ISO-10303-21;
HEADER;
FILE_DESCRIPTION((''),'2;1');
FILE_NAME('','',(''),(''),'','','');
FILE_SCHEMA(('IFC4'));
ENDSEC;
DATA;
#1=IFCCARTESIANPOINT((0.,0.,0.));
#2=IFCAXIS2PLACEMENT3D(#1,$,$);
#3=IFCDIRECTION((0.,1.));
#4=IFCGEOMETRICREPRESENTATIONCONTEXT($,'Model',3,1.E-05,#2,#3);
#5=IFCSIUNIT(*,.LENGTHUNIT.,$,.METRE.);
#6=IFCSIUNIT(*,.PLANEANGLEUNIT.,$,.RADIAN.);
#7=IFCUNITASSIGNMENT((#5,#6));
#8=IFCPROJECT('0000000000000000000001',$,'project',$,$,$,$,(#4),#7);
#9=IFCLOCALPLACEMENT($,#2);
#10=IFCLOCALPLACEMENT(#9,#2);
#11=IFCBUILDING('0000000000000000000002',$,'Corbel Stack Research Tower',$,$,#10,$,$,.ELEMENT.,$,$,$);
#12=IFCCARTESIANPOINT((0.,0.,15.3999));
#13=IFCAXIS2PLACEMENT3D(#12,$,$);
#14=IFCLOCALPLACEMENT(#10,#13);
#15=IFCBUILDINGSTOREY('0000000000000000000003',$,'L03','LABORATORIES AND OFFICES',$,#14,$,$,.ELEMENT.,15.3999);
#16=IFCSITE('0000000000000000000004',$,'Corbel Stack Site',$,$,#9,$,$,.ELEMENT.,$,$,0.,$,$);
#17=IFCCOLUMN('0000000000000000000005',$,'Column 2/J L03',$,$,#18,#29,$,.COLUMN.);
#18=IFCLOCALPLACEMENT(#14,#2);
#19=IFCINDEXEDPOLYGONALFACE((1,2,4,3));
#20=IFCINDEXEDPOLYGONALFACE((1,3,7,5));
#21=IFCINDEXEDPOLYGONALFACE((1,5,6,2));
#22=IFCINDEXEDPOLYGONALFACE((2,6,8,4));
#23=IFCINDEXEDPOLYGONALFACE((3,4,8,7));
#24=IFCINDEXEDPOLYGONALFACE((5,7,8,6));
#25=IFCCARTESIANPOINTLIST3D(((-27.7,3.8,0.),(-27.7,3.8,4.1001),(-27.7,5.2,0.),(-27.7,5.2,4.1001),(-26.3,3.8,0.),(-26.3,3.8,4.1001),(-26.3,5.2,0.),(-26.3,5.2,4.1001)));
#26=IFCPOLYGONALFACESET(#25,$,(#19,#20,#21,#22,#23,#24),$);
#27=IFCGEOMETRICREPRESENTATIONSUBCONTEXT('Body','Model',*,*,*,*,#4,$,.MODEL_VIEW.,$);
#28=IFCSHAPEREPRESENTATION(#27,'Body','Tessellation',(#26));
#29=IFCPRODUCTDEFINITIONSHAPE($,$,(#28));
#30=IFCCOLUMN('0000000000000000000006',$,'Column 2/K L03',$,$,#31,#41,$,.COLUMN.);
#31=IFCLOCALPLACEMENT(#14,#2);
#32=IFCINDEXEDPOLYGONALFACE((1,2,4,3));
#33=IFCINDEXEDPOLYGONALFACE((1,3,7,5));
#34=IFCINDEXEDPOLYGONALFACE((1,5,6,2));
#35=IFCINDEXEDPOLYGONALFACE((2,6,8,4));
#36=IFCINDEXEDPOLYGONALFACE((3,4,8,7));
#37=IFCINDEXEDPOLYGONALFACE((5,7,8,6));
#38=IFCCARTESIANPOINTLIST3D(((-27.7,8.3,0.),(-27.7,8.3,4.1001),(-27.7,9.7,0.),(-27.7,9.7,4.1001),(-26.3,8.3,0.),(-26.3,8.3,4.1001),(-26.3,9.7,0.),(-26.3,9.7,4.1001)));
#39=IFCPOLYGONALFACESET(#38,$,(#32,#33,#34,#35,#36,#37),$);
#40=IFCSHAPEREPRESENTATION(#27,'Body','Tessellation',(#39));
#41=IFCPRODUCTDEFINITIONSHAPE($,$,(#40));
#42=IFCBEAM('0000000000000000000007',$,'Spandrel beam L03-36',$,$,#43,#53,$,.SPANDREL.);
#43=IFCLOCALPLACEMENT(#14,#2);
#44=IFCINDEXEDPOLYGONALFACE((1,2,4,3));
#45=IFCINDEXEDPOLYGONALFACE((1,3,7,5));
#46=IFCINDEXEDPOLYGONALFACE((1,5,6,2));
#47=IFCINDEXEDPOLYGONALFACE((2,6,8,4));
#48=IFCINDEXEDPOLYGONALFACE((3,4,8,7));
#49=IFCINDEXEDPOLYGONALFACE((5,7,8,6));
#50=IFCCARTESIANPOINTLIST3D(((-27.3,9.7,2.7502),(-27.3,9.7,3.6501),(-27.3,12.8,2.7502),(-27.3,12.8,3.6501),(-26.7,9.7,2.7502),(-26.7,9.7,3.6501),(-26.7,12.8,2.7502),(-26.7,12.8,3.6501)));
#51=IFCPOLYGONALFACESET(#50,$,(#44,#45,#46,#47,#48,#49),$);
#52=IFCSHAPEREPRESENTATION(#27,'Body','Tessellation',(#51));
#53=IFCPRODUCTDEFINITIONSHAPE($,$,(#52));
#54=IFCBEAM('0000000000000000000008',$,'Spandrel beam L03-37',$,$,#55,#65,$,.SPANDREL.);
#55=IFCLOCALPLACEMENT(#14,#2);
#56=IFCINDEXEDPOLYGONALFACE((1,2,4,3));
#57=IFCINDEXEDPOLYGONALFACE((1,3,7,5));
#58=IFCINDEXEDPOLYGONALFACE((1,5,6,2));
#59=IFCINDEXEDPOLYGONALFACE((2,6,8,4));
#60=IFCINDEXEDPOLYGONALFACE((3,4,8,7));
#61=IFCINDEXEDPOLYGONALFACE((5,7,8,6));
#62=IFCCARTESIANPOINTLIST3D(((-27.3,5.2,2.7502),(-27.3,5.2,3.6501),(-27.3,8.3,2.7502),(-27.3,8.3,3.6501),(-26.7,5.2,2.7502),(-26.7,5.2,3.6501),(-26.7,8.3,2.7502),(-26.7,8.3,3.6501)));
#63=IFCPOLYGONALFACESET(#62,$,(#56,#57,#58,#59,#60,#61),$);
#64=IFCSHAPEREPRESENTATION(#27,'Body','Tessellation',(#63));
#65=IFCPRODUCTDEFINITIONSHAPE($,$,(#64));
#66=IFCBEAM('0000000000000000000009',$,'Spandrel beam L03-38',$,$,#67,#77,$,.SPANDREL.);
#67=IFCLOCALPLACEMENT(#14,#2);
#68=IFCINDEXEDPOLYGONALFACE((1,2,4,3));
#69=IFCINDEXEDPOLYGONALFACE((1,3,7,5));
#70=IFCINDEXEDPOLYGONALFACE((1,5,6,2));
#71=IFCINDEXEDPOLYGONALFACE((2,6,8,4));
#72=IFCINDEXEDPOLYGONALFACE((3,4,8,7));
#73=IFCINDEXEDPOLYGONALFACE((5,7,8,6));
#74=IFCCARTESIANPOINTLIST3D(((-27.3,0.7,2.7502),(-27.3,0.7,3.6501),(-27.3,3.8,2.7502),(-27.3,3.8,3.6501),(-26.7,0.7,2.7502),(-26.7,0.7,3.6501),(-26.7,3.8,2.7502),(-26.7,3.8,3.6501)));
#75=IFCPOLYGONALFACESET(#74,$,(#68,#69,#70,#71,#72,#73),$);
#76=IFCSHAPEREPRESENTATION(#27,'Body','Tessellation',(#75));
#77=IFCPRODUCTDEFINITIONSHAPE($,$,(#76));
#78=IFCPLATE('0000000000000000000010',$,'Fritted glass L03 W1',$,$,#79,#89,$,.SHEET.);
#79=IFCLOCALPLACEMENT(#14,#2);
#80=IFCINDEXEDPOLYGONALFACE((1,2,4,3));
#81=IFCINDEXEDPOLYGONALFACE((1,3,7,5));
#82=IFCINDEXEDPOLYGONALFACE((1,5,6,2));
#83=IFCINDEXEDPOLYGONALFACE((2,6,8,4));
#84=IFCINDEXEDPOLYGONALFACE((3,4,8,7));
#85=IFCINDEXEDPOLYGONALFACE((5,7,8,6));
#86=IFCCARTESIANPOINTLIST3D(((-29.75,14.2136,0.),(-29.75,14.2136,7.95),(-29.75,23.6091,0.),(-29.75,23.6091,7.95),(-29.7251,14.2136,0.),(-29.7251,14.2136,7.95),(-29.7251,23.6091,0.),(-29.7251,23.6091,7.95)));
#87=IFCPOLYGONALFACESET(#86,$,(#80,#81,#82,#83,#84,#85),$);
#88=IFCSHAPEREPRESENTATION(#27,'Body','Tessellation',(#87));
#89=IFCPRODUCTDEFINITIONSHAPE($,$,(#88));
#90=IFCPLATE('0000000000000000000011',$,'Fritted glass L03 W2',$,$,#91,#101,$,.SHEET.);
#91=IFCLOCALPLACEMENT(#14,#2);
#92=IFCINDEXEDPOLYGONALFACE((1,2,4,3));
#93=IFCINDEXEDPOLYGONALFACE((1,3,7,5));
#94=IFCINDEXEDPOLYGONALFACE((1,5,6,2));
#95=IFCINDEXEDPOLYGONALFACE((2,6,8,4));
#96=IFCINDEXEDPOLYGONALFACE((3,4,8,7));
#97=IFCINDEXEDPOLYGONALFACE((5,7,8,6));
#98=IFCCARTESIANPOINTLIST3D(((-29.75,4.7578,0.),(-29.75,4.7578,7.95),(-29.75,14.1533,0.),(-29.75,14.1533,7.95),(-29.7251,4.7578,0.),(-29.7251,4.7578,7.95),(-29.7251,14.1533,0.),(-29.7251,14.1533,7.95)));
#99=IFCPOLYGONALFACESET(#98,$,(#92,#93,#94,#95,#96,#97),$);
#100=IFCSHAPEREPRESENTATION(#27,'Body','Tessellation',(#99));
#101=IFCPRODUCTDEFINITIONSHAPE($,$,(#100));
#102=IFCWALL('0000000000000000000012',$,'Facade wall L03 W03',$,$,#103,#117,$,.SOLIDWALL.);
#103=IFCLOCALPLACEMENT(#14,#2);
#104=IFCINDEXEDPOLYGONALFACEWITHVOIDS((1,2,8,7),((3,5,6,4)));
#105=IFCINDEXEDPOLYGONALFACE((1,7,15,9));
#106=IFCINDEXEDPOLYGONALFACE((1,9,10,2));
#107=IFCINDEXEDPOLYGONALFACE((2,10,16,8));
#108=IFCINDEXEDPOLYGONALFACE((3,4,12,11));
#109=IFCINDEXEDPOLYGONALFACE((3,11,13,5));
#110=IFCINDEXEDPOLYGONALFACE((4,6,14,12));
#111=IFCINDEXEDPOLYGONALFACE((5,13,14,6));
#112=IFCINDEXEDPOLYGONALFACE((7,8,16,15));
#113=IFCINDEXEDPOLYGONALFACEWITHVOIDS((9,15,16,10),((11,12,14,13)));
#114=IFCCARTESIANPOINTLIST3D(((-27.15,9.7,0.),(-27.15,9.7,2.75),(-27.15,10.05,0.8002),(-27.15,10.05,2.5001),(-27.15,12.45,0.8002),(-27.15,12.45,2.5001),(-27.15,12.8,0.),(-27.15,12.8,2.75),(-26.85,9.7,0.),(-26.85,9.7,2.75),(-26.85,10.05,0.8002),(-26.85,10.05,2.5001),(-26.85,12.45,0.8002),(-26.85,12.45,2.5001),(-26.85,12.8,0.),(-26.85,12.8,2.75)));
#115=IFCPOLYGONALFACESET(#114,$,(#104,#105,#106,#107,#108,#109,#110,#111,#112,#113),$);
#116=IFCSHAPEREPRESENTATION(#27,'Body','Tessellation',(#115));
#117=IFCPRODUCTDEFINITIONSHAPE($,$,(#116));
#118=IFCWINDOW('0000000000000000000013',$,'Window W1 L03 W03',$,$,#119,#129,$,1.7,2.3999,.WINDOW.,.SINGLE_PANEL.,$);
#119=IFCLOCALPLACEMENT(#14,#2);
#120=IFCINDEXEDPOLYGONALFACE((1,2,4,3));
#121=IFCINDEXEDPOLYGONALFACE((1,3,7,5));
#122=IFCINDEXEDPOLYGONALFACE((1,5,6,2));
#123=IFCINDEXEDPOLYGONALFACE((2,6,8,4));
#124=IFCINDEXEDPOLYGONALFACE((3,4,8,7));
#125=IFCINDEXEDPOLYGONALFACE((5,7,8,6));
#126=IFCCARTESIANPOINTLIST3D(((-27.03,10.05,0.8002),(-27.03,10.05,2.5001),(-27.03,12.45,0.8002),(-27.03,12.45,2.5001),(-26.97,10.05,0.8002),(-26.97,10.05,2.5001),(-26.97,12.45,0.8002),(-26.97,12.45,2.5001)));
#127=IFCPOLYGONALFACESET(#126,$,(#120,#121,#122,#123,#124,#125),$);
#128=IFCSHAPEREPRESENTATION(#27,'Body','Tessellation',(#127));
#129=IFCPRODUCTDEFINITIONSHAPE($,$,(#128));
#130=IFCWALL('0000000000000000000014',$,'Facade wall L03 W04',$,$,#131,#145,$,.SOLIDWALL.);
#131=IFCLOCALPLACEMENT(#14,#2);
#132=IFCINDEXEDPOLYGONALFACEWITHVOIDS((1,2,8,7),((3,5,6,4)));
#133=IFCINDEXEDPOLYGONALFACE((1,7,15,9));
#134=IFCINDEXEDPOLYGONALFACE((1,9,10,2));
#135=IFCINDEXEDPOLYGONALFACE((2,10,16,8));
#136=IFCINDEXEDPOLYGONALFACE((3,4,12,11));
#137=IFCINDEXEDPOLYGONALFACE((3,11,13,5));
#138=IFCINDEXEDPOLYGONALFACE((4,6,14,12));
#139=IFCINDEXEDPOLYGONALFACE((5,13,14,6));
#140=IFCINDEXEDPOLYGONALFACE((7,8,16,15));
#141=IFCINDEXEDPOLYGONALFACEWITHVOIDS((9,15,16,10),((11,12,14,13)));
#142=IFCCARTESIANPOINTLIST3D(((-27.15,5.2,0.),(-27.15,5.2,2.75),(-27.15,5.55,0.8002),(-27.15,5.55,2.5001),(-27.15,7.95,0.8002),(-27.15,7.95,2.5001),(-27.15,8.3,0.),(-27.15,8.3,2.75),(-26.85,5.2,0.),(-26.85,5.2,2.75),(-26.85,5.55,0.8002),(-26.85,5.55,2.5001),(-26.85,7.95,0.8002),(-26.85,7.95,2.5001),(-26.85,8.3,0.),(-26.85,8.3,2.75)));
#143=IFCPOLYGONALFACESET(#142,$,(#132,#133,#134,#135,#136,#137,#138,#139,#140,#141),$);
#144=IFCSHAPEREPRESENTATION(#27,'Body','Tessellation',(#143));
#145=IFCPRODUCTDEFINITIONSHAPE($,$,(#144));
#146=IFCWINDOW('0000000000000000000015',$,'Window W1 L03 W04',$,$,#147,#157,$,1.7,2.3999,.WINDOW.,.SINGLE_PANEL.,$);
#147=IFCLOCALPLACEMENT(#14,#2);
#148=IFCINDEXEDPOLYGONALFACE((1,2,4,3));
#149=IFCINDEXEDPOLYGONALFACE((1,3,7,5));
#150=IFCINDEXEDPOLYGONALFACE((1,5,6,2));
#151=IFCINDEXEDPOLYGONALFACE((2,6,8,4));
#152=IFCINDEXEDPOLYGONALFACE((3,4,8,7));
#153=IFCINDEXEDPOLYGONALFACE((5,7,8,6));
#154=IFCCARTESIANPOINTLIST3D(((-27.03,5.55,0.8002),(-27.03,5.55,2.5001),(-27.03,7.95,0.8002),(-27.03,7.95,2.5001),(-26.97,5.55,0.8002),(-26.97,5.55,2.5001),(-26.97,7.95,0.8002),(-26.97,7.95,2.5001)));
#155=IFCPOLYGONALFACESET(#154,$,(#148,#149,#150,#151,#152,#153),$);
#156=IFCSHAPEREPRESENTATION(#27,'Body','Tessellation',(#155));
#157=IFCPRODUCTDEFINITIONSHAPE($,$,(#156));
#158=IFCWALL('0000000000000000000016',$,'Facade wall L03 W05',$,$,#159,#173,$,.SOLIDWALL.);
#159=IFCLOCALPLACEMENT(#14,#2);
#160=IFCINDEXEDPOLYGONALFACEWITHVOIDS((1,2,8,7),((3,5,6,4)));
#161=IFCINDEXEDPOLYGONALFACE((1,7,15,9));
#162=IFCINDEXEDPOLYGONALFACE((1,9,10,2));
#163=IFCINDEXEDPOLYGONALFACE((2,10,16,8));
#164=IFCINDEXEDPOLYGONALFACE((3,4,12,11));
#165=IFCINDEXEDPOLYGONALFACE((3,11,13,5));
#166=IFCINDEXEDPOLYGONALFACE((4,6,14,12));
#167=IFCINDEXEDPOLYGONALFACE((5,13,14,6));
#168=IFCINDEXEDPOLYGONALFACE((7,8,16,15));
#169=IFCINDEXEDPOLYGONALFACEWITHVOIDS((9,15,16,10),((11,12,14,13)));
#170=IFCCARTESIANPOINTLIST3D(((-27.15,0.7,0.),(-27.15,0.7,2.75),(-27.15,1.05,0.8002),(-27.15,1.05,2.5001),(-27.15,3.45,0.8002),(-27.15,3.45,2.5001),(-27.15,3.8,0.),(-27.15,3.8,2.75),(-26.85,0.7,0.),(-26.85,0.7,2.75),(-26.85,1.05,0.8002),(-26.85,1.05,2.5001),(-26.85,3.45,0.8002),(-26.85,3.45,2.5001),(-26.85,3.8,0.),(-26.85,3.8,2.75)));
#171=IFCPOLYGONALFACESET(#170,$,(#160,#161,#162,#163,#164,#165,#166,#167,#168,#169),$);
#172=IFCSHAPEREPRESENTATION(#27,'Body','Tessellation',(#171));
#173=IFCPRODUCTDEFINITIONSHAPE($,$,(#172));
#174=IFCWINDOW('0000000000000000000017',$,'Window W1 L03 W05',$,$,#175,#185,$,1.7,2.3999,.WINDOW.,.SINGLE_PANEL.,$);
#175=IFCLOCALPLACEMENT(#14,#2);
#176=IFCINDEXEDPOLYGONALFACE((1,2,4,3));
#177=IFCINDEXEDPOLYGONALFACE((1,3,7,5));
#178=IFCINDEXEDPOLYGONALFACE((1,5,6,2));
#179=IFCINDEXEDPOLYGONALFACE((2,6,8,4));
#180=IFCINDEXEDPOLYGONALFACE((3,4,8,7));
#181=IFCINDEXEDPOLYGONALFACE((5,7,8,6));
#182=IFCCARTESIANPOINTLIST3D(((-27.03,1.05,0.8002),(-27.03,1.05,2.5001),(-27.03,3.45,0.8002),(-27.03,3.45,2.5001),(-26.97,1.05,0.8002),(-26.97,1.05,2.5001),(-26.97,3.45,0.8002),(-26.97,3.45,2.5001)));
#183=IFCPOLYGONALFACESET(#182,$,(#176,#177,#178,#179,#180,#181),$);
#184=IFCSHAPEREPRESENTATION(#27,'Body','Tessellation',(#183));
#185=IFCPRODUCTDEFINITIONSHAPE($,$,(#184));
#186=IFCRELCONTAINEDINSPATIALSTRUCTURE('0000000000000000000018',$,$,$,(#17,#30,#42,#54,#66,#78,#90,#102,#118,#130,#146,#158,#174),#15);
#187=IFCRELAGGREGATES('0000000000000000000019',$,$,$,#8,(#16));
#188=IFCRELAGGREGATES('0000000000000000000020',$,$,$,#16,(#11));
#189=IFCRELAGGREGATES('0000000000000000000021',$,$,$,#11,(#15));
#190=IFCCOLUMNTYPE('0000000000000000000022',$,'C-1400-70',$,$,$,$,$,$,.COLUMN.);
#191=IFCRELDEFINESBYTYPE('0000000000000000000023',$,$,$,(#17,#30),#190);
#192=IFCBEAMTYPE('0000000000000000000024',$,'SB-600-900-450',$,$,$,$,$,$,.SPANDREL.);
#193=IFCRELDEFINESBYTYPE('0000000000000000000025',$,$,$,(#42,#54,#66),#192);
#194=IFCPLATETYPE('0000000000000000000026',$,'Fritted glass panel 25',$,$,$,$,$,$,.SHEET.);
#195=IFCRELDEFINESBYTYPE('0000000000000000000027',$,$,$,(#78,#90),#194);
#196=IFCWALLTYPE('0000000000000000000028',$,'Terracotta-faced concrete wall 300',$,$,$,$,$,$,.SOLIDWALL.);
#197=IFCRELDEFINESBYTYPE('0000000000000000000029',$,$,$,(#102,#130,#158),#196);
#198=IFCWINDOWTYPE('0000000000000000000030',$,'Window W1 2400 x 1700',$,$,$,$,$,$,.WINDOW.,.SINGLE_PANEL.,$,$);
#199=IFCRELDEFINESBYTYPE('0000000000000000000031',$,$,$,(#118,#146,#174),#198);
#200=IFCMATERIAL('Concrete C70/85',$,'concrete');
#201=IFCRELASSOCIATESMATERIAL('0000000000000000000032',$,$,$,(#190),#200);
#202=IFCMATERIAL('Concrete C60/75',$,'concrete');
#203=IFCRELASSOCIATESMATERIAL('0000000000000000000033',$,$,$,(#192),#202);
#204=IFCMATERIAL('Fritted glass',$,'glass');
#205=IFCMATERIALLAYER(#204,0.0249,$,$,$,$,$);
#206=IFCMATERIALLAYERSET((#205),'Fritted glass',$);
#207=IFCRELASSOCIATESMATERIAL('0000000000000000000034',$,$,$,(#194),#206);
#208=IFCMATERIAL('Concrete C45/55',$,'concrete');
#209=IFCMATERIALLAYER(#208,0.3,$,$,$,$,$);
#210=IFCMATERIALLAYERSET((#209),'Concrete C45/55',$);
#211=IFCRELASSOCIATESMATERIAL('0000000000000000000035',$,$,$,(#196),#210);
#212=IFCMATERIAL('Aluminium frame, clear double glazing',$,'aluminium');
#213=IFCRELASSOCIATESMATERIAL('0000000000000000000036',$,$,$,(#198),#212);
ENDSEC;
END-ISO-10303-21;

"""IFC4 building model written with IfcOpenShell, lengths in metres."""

from ifc_helpers import new_model, si_unit, direction, frame, frame_2d, origin, origin_2d, place, context, subcontext, project, spatial, rectangle, extrude, material, layer, layer_set, material_profile, profile_set, type_object, element, fill, save


model = new_model("IFC4")

# Units and contexts
model_context = context("Model", 3, precision=1e-05, world=origin(), true_north=direction((0.0, 1.0)))
body_context = subcontext(model_context, "Body", "Model", "MODEL_VIEW")
ifc_project = project(units=[si_unit("LENGTHUNIT", "METRE"), si_unit("PLANEANGLEUNIT", "RADIAN")], contexts=[model_context])

# Site, building, storey
site_placement = place(None, origin())
site = spatial("IfcSite", under=ifc_project, at=site_placement, Name="Corbel Stack Site", CompositionType="ELEMENT", RefElevation=0.0)
building_placement = place(site_placement, origin())
building = spatial("IfcBuilding", under=site, at=building_placement, Name="Corbel Stack Research Tower", CompositionType="ELEMENT")
storey_placement = place(building_placement, frame((0.0, 0.0, 15.3999)))
storey = spatial("IfcBuildingStorey", under=building, at=storey_placement, Name="L03", Description="LABORATORIES AND OFFICES", CompositionType="ELEMENT", Elevation=15.3999)

# Columns
ifc_material_1 = material(Name="Concrete C70/85", Category="concrete")
ifc_material_profile_1 = material_profile(ifc_material_1, rectangle(XDim=1.3999, YDim=1.3999, at=origin_2d()), Name="RC 1400 x 1400")
ifc_profile_set_1 = profile_set([ifc_material_profile_1], Name="Concrete C70/85")
column_type = type_object("IfcColumnType", Name="C-1400-70", PredefinedType="COLUMN", material=ifc_profile_set_1)
for number, where, z_axis, x_axis, name in (
    (1, (-27.0, 4.5, 0.0), (0.0, 0.0, 1.0), (1.0, 0.0, 0.0), "Column 2/J L03"),
    (2, (-27.0, 9.0, 0.0), (0.0, 0.0, 1.0), (1.0, 0.0, 0.0), "Column 2/K L03"),
):
    element("IfcColumn", number, at=place(storey_placement, frame(where, z_axis=z_axis, x_axis=x_axis)), inside=storey, type_object=column_type, Name=name, PredefinedType="COLUMN", context=body_context, shape_type="SweptSolid", body=[
        extrude(rectangle(XDim=1.3999, YDim=1.3999, at=origin_2d()), origin(), (0.0, 0.0, 1.0), 4.1001),
    ])

# Beams
ifc_material_2 = material(Name="Concrete C60/75", Category="concrete")
ifc_material_profile_2 = material_profile(ifc_material_2, rectangle(XDim=0.6001, YDim=0.8999, at=origin_2d()), Name="RC 600 x 900")
ifc_profile_set_2 = profile_set([ifc_material_profile_2], Name="Concrete C60/75")
beam_type = type_object("IfcBeamType", Name="SB-600-900-450", PredefinedType="SPANDREL", material=ifc_profile_set_2)
for number, where, z_axis, x_axis, name in (
    (3, (-27.0, 12.8, 3.2002), (0.0, -1.0, 0.0), (1.0, 0.0, 0.0), "Spandrel beam L03-36"),
    (4, (-27.0, 8.3, 3.2002), (0.0, -1.0, 0.0), (1.0, 0.0, 0.0), "Spandrel beam L03-37"),
    (5, (-27.0, 3.8, 3.2002), (0.0, -1.0, 0.0), (1.0, 0.0, 0.0), "Spandrel beam L03-38"),
):
    element("IfcBeam", number, at=place(storey_placement, frame(where, z_axis=z_axis, x_axis=x_axis)), inside=storey, type_object=beam_type, Name=name, PredefinedType="SPANDREL", context=body_context, shape_type="SweptSolid", body=[
        extrude(rectangle(XDim=0.6001, YDim=0.8999, at=origin_2d()), origin(), (0.0, 0.0, 1.0), 3.1001),
    ])

# Plates
ifc_material_3 = material(Name="Fritted glass", Category="glass")
ifc_layer_1 = layer(ifc_material_3, 0.0249)
ifc_layer_set_1 = layer_set([ifc_layer_1], Name="Fritted glass")
plate_type = type_object("IfcPlateType", Name="Fritted glass panel 25", PredefinedType="SHEET", material=ifc_layer_set_1)
for number, where, z_axis, x_axis, name in (
    (6, (-29.7375, 18.9114, 0.0), (0.0, 0.0, 1.0), (0.0, -1.0, 0.0), "Fritted glass L03 W1"),
    (7, (-29.7375, 9.4556, 0.0), (0.0, 0.0, 1.0), (0.0, -1.0, 0.0), "Fritted glass L03 W2"),
):
    element("IfcPlate", number, at=place(storey_placement, frame(where, z_axis=z_axis, x_axis=x_axis)), inside=storey, type_object=plate_type, Name=name, PredefinedType="SHEET", context=body_context, shape_type="SweptSolid", body=[
        extrude(rectangle(XDim=9.3955, YDim=0.0249, at=origin_2d()), origin(), (0.0, 0.0, 1.0), 7.95),
    ])

# Walls, openings, windows
ifc_material_4 = material(Name="Concrete C45/55", Category="concrete")
ifc_layer_2 = layer(ifc_material_4, 0.3)
ifc_layer_set_2 = layer_set([ifc_layer_2], Name="Concrete C45/55")
wall_type = type_object("IfcWallType", Name="Terracotta-faced concrete wall 300", PredefinedType="SOLIDWALL", material=ifc_layer_set_2)
wall_1_placement = place(storey_placement, frame((-27.0, 9.7, 0.0), z_axis=(0.0, 0.0, 1.0), x_axis=(0.0, 1.0, 0.0)))
wall_1 = element("IfcWall", 8, at=wall_1_placement, inside=storey, type_object=wall_type, Name="Facade wall L03 W03", PredefinedType="SOLIDWALL", context=body_context, shape_type="SweptSolid", body=[
    extrude(rectangle(XDim=3.1001, YDim=0.3, at=frame_2d((1.55, 0.0))), origin(), (0.0, 0.0, 1.0), 2.75),
])
opening_1_placement = place(wall_1_placement, frame((0.3501, 0.0, 0.8)))
opening_1 = element("IfcOpeningElement", 9, at=opening_1_placement, cuts=wall_1, PredefinedType="OPENING", context=body_context, shape_type="SweptSolid", body=[
    extrude(rectangle(XDim=2.3999, YDim=1.7, at=frame_2d((1.2, 0.8501))), frame((0.0, 0.1599, 0.0), z_axis=(0.0, -1.0, 0.0), x_axis=(1.0, 0.0, 0.0)), (0.0, 0.0, 1.0), 0.3201),
])
ifc_material_5 = material(Name="Aluminium frame, clear double glazing", Category="aluminium")
window_type = type_object("IfcWindowType", Name="Window W1 2400 x 1700", PartitioningType="SINGLE_PANEL", PredefinedType="WINDOW", material=ifc_material_5)
window_1_placement = place(opening_1_placement, origin())
window_1 = element("IfcWindow", 10, at=window_1_placement, inside=storey, type_object=window_type, Name="Window W1 L03 W03", OverallHeight=1.7, OverallWidth=2.3999, PartitioningType="SINGLE_PANEL", PredefinedType="WINDOW", context=body_context, shape_type="SweptSolid", body=[
    extrude(rectangle(XDim=2.3999, YDim=1.7, at=frame_2d((1.2, 0.8501))), frame((0.0, 0.03, 0.0), z_axis=(0.0, -1.0, 0.0), x_axis=(1.0, 0.0, 0.0)), (0.0, 0.0, 1.0), 0.0601),
])
fill(opening_1, window_1)
wall_2_placement = place(storey_placement, frame((-27.0, 5.2, 0.0), z_axis=(0.0, 0.0, 1.0), x_axis=(0.0, 1.0, 0.0)))
wall_2 = element("IfcWall", 11, at=wall_2_placement, inside=storey, type_object=wall_type, Name="Facade wall L03 W04", PredefinedType="SOLIDWALL", context=body_context, shape_type="SweptSolid", body=[
    extrude(rectangle(XDim=3.1001, YDim=0.3, at=frame_2d((1.55, 0.0))), origin(), (0.0, 0.0, 1.0), 2.75),
])
opening_2_placement = place(wall_2_placement, frame((0.3501, 0.0, 0.8)))
opening_2 = element("IfcOpeningElement", 12, at=opening_2_placement, cuts=wall_2, PredefinedType="OPENING", context=body_context, shape_type="SweptSolid", body=[
    extrude(rectangle(XDim=2.3999, YDim=1.7, at=frame_2d((1.2, 0.8501))), frame((0.0, 0.1599, 0.0), z_axis=(0.0, -1.0, 0.0), x_axis=(1.0, 0.0, 0.0)), (0.0, 0.0, 1.0), 0.3201),
])
window_2_placement = place(opening_2_placement, origin())
window_2 = element("IfcWindow", 13, at=window_2_placement, inside=storey, type_object=window_type, Name="Window W1 L03 W04", OverallHeight=1.7, OverallWidth=2.3999, PartitioningType="SINGLE_PANEL", PredefinedType="WINDOW", context=body_context, shape_type="SweptSolid", body=[
    extrude(rectangle(XDim=2.3999, YDim=1.7, at=frame_2d((1.2, 0.8501))), frame((0.0, 0.03, 0.0), z_axis=(0.0, -1.0, 0.0), x_axis=(1.0, 0.0, 0.0)), (0.0, 0.0, 1.0), 0.0601),
])
fill(opening_2, window_2)
wall_3_placement = place(storey_placement, frame((-27.0, 0.7, 0.0), z_axis=(0.0, 0.0, 1.0), x_axis=(0.0, 1.0, 0.0)))
wall_3 = element("IfcWall", 14, at=wall_3_placement, inside=storey, type_object=wall_type, Name="Facade wall L03 W05", PredefinedType="SOLIDWALL", context=body_context, shape_type="SweptSolid", body=[
    extrude(rectangle(XDim=3.1001, YDim=0.3, at=frame_2d((1.55, 0.0))), origin(), (0.0, 0.0, 1.0), 2.75),
])
opening_3_placement = place(wall_3_placement, frame((0.3501, 0.0, 0.8)))
opening_3 = element("IfcOpeningElement", 15, at=opening_3_placement, cuts=wall_3, PredefinedType="OPENING", context=body_context, shape_type="SweptSolid", body=[
    extrude(rectangle(XDim=2.3999, YDim=1.7, at=frame_2d((1.2, 0.8501))), frame((0.0, 0.1599, 0.0), z_axis=(0.0, -1.0, 0.0), x_axis=(1.0, 0.0, 0.0)), (0.0, 0.0, 1.0), 0.3201),
])
window_3_placement = place(opening_3_placement, origin())
window_3 = element("IfcWindow", 16, at=window_3_placement, inside=storey, type_object=window_type, Name="Window W1 L03 W05", OverallHeight=1.7, OverallWidth=2.3999, PartitioningType="SINGLE_PANEL", PredefinedType="WINDOW", context=body_context, shape_type="SweptSolid", body=[
    extrude(rectangle(XDim=2.3999, YDim=1.7, at=frame_2d((1.2, 0.8501))), frame((0.0, 0.03, 0.0), z_axis=(0.0, -1.0, 0.0), x_axis=(1.0, 0.0, 0.0)), (0.0, 0.0, 1.0), 0.0601),
])
fill(opening_3, window_3)

save(model, "model.ifc")
